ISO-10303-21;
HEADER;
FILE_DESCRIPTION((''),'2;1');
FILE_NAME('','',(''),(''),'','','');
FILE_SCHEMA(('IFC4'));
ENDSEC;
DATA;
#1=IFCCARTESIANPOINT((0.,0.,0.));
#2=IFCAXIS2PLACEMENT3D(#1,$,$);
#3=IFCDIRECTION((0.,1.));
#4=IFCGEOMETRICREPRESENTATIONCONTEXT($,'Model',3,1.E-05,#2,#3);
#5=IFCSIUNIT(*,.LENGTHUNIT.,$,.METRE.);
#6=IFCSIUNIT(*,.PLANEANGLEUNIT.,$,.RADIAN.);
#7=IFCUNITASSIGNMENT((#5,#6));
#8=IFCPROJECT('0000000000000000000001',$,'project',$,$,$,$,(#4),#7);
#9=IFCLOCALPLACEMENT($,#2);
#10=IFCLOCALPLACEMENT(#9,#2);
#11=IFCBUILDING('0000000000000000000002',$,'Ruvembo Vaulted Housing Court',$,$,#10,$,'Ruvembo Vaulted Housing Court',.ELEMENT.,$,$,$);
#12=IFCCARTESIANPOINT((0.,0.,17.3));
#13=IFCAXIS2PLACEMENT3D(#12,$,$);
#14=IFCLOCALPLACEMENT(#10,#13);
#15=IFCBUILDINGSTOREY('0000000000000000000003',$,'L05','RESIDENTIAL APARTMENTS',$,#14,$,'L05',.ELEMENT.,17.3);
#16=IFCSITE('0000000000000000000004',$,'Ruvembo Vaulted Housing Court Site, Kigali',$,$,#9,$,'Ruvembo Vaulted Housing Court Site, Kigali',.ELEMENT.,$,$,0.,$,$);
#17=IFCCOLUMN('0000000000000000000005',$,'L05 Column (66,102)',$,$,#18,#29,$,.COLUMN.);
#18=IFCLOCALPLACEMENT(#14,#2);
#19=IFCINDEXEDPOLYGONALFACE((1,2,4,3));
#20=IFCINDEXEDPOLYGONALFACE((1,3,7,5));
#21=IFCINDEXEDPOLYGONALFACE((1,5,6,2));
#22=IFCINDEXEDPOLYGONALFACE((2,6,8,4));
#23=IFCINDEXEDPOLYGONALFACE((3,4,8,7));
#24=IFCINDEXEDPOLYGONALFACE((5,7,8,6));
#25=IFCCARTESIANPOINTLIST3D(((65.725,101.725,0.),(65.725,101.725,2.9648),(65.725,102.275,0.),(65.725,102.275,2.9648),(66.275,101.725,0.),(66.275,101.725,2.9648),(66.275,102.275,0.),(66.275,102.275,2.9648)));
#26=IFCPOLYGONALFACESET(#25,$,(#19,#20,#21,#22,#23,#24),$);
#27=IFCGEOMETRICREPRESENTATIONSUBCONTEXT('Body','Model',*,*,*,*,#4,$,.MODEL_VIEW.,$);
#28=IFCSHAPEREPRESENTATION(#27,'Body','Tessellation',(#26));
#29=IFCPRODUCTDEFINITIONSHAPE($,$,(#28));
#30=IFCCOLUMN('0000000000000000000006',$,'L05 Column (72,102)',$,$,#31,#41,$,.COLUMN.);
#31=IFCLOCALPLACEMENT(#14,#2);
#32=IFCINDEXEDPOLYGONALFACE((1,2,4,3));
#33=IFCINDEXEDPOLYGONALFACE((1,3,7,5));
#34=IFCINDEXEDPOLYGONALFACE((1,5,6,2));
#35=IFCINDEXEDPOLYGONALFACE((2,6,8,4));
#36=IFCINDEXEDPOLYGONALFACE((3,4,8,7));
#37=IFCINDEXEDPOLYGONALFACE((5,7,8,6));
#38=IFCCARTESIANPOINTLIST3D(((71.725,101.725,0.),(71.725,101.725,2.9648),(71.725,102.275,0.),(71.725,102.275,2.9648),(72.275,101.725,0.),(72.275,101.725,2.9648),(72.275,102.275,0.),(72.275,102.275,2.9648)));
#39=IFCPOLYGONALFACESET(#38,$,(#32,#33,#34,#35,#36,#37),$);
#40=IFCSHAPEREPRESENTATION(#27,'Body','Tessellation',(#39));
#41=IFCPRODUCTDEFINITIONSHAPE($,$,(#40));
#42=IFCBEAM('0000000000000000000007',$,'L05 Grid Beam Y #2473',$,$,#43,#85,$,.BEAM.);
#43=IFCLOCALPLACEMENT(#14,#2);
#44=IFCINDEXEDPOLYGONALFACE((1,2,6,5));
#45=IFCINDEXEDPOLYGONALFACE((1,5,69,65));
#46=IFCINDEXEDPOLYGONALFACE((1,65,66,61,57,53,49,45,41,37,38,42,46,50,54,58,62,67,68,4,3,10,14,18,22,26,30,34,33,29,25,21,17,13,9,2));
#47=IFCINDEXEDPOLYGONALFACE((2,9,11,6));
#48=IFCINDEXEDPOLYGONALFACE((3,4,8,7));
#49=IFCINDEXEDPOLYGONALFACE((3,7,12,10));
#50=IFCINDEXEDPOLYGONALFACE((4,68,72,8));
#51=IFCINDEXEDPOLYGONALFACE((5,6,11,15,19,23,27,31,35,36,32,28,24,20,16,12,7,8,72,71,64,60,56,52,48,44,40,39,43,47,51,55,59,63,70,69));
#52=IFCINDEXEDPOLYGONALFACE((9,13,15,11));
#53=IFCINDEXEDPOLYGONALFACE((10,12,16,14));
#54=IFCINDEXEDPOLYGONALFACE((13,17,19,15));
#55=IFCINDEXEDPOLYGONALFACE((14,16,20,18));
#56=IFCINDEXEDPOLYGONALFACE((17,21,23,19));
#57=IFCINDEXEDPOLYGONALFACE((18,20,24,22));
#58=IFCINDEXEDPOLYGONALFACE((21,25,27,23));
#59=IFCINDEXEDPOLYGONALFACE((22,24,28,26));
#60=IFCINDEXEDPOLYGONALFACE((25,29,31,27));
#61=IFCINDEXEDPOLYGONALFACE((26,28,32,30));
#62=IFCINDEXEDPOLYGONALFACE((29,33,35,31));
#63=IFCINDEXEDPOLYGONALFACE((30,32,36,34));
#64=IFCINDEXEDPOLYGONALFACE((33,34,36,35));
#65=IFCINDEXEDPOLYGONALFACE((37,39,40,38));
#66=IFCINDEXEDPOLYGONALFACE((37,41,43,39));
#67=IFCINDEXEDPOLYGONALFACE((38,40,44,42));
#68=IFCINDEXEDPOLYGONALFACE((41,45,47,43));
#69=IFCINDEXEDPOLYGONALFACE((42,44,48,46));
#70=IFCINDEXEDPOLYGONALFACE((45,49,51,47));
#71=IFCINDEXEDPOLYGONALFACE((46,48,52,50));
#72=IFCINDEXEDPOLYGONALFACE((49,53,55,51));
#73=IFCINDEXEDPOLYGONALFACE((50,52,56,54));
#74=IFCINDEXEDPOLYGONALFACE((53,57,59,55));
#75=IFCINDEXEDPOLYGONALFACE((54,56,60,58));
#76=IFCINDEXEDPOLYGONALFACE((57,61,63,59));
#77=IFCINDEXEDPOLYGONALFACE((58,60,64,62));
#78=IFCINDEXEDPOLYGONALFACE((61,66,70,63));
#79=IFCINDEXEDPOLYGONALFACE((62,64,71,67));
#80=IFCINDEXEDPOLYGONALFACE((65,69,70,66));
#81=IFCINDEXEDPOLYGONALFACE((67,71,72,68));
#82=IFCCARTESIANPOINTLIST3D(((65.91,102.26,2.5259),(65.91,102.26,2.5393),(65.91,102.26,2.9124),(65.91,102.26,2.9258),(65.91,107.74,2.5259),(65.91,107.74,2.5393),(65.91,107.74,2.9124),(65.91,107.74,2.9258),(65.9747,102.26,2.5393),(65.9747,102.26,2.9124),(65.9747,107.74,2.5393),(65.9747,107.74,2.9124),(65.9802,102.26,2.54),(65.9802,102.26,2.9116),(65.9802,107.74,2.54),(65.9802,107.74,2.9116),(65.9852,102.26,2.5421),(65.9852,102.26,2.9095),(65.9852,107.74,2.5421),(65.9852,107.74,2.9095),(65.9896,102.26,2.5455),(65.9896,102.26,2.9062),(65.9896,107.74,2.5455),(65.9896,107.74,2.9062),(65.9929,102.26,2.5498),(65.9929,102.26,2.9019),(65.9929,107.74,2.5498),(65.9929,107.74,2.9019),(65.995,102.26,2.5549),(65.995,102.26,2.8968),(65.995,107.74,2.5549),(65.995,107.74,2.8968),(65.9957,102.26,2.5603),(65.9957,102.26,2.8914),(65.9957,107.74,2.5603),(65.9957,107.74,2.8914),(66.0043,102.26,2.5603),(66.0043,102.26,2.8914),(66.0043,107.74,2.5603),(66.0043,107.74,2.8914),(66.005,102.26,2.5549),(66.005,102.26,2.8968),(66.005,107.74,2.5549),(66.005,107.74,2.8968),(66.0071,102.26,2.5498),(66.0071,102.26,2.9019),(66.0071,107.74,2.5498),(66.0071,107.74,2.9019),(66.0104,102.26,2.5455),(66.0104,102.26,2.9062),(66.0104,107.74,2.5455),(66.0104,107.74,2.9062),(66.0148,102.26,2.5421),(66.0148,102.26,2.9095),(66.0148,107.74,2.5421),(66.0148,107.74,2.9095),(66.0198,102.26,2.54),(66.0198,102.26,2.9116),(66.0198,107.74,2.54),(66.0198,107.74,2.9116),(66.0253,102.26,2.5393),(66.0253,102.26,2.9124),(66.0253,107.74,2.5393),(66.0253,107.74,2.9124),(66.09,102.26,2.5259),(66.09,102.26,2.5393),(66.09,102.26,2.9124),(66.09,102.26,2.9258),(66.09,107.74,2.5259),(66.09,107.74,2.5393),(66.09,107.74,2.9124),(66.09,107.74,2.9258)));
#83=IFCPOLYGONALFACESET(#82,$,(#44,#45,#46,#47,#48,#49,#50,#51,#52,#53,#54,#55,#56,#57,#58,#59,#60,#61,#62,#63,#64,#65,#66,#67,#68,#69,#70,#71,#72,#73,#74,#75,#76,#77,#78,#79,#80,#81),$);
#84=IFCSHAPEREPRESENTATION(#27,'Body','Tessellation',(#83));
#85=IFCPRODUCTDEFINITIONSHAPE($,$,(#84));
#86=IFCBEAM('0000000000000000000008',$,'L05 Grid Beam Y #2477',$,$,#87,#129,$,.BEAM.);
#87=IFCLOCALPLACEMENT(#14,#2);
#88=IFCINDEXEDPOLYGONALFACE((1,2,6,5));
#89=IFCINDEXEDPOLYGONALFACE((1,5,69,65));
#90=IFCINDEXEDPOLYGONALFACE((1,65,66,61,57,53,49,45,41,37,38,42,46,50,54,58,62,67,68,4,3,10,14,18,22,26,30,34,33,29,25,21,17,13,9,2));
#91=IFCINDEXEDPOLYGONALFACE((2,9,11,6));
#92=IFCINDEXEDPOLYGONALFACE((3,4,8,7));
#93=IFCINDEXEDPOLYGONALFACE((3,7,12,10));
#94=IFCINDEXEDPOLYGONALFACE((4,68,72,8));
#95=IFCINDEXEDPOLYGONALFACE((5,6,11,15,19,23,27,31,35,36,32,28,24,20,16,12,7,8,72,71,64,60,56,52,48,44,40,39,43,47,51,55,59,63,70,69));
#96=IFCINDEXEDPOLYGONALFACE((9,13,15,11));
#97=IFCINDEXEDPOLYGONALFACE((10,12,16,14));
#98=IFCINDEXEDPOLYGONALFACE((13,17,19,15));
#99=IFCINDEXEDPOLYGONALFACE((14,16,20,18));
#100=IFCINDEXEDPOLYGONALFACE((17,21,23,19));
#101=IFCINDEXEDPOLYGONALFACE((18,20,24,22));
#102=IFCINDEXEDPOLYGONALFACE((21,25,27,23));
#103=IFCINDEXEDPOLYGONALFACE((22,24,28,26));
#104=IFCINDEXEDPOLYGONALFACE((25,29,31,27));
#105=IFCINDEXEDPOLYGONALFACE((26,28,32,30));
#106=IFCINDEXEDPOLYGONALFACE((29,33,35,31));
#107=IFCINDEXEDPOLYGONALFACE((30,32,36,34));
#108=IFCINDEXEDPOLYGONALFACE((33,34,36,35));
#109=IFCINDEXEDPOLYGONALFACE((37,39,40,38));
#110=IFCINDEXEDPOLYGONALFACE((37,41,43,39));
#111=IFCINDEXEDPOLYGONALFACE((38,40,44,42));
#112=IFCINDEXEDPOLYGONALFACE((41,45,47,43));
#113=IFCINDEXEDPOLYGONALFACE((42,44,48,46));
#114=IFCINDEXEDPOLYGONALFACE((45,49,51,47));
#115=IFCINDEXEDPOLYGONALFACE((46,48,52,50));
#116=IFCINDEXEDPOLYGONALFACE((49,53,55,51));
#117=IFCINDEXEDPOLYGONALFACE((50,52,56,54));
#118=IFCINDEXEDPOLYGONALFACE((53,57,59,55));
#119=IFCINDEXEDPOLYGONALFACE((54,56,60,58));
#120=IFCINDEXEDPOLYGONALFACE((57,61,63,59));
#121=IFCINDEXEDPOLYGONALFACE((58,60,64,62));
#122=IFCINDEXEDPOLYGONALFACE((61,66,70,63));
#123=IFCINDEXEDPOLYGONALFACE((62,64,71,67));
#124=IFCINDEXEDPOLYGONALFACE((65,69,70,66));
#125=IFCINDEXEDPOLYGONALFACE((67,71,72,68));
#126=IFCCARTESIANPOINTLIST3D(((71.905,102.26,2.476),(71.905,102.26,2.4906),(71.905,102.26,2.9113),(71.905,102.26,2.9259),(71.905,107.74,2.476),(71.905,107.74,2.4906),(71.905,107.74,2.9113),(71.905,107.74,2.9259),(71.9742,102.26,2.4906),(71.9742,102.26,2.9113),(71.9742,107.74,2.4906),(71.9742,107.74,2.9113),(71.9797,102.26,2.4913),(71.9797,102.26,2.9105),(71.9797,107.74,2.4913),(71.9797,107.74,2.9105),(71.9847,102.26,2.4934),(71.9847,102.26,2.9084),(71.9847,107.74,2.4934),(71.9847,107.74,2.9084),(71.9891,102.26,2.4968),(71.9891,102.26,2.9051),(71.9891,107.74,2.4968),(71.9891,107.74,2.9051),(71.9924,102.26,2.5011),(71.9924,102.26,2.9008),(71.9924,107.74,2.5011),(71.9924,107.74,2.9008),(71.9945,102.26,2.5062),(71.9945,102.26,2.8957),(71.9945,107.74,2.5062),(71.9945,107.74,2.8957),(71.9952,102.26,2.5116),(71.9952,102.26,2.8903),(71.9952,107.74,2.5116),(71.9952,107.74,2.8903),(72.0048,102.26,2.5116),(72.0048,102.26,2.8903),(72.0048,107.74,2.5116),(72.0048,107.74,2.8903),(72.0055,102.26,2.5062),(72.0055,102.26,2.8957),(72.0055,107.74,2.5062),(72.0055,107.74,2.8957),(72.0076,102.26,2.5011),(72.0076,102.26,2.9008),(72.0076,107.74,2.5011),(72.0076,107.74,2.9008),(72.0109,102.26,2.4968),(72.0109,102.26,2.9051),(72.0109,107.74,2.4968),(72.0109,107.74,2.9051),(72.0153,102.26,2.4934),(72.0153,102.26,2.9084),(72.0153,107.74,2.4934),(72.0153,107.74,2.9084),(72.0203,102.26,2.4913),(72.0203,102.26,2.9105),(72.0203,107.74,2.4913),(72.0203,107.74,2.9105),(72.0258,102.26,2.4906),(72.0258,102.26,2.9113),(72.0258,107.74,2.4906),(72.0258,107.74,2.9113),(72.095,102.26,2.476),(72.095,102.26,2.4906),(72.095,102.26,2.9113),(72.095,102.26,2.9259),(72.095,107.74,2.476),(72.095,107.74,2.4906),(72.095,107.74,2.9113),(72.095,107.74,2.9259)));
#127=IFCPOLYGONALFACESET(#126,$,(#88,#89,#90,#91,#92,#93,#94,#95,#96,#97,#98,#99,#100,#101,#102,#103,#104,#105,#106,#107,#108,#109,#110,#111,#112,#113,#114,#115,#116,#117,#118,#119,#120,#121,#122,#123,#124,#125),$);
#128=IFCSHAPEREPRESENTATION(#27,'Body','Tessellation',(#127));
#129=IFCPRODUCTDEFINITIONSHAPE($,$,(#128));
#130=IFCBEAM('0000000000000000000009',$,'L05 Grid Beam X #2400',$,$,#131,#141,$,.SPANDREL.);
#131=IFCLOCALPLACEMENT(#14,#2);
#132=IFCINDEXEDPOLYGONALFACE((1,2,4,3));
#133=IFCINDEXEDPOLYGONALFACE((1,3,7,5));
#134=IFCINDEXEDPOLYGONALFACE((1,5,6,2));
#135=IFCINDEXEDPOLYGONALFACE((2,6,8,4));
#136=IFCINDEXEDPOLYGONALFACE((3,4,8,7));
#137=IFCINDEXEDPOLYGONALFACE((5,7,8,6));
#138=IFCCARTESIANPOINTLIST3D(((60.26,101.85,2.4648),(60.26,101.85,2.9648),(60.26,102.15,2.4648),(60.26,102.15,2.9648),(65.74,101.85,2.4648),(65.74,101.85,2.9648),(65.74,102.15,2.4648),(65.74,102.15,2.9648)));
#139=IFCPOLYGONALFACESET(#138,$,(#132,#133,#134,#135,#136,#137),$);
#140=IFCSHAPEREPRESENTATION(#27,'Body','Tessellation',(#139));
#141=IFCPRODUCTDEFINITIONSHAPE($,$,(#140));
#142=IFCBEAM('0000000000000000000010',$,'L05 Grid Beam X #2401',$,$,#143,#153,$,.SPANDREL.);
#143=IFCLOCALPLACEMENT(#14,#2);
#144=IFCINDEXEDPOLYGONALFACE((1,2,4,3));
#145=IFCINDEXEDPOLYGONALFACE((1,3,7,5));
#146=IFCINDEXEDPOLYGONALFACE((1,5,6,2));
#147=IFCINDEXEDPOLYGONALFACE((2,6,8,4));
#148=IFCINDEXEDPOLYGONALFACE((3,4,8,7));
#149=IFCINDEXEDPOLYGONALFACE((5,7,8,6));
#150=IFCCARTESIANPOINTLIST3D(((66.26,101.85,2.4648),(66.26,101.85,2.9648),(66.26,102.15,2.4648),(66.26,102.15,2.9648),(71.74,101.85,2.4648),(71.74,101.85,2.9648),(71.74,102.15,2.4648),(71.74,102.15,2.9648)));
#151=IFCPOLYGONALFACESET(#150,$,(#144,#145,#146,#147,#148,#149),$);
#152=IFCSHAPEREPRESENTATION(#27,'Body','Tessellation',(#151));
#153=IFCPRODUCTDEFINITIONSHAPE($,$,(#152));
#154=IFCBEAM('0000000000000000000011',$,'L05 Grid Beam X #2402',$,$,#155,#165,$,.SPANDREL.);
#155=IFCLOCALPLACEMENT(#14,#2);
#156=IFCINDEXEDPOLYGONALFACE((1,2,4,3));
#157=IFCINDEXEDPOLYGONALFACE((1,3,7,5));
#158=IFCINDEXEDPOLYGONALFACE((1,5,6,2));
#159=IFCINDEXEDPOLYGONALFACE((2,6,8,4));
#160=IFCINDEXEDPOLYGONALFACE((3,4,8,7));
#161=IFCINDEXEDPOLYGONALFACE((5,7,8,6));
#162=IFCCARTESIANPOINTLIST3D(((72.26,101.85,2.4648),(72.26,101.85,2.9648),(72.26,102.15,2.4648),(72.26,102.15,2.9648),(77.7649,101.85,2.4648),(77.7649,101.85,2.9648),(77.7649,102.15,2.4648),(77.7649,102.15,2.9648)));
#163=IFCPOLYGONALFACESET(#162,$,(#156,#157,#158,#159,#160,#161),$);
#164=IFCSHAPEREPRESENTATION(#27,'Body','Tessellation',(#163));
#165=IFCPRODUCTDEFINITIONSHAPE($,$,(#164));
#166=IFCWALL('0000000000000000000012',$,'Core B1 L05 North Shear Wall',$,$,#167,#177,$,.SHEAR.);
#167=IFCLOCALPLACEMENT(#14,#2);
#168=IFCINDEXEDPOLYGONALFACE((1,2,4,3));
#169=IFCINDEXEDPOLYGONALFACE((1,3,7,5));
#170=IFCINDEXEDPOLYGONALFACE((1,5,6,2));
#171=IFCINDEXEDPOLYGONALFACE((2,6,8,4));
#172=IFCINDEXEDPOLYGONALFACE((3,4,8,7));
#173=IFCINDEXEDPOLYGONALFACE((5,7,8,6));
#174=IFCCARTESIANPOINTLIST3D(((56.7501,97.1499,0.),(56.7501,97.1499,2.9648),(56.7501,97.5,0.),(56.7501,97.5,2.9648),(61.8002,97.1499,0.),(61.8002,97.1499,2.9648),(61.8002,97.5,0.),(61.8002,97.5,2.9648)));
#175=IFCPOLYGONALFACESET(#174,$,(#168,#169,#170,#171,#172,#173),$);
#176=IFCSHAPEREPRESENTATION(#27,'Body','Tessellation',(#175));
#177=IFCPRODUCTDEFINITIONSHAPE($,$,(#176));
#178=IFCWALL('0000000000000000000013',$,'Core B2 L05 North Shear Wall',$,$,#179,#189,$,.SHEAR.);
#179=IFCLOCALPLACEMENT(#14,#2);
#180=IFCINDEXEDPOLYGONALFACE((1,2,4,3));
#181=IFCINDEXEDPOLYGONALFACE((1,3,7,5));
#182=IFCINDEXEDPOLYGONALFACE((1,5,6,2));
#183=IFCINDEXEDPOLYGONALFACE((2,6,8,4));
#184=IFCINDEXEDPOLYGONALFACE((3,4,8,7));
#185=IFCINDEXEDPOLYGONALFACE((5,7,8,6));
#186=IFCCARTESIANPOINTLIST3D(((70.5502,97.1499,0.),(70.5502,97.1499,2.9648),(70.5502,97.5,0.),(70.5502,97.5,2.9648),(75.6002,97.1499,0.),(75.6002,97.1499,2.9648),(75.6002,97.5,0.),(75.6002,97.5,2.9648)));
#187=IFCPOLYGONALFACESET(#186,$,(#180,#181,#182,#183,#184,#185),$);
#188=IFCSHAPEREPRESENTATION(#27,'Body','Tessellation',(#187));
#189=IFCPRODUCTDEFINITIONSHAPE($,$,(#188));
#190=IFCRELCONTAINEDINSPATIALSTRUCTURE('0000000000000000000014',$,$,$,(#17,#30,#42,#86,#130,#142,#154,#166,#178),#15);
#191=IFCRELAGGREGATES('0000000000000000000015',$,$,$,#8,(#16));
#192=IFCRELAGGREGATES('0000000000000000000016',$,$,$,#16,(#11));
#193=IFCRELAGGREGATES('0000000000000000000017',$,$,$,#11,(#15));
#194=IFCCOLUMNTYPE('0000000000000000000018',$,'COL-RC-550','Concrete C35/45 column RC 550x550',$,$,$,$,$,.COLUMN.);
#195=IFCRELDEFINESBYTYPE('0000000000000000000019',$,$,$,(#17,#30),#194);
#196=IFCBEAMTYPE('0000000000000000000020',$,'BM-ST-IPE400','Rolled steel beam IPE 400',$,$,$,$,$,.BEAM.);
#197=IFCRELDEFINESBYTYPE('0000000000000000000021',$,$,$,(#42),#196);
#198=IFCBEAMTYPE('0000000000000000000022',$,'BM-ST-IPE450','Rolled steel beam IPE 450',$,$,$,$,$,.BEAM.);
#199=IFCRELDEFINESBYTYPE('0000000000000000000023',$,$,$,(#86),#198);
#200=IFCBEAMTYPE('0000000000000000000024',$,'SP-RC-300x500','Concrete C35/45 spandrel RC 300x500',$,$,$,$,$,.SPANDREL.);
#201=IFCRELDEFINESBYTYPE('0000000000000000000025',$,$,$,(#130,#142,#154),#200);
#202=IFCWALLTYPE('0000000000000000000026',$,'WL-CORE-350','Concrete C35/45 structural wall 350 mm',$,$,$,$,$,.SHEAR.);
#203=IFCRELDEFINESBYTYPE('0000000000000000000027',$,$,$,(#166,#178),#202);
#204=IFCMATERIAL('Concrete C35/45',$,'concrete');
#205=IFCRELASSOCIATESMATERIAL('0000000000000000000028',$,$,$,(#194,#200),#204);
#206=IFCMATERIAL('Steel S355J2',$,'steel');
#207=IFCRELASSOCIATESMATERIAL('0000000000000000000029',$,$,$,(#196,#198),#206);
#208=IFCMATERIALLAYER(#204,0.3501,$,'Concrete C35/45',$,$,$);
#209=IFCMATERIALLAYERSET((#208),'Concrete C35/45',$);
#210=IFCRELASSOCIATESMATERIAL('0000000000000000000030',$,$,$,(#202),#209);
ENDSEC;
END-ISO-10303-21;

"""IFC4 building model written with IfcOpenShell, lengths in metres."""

from ifc_helpers import new_model, si_unit, direction, frame, frame_2d, origin, origin_2d, place, context, subcontext, project, spatial, rectangle, i_section, extrude, material, layer, layer_set, material_profile, profile_set, type_object, element, save


model = new_model("IFC4")

# Units and contexts
model_context = context("Model", 3, precision=1e-05, world=origin(), true_north=direction((0.0, 1.0)))
body_context = subcontext(model_context, "Body", "Model", "MODEL_VIEW")
ifc_project = project(units=[si_unit("LENGTHUNIT", "METRE"), si_unit("PLANEANGLEUNIT", "RADIAN")], contexts=[model_context])

# Site, building, storey
site_placement = place(None, origin())
site = spatial("IfcSite", under=ifc_project, at=site_placement, Name="Ruvembo Vaulted Housing Court Site, Kigali", LongName="Ruvembo Vaulted Housing Court Site, Kigali", CompositionType="ELEMENT", RefElevation=0.0)
building_placement = place(site_placement, origin())
building = spatial("IfcBuilding", under=site, at=building_placement, Name="Ruvembo Vaulted Housing Court", LongName="Ruvembo Vaulted Housing Court", CompositionType="ELEMENT")
storey_placement = place(building_placement, frame((0.0, 0.0, 17.3)))
storey = spatial("IfcBuildingStorey", under=building, at=storey_placement, Name="L05", Description="RESIDENTIAL APARTMENTS", LongName="L05", CompositionType="ELEMENT", Elevation=17.3)

# Columns
ifc_material_1 = material(Name="Concrete C35/45", Category="concrete")
ifc_material_profile_1 = material_profile(ifc_material_1, rectangle(XDim=0.55, YDim=0.55, at=origin_2d()), Name="RC 550x550")
ifc_profile_set_1 = profile_set([ifc_material_profile_1], Name="Concrete C35/45")
column_type = type_object("IfcColumnType", Name="COL-RC-550", Description="Concrete C35/45 column RC 550x550", PredefinedType="COLUMN", material=ifc_profile_set_1)
for number, where, z_axis, x_axis, name in (
    (1, (66.0, 102.0, 0.0), (0.0, 0.0, 1.0), (1.0, 0.0, 0.0), "L05 Column (66,102)"),
    (2, (72.0, 102.0, 0.0), (0.0, 0.0, 1.0), (1.0, 0.0, 0.0), "L05 Column (72,102)"),
):
    element("IfcColumn", number, at=place(storey_placement, frame(where, z_axis=z_axis, x_axis=x_axis)), inside=storey, type_object=column_type, Name=name, PredefinedType="COLUMN", context=body_context, shape_type="SweptSolid", body=[
        extrude(rectangle(XDim=0.55, YDim=0.55, at=origin_2d()), origin(), (0.0, 0.0, 1.0), 2.9648),
    ])

# Beams
ifc_material_2 = material(Name="Steel S355J2", Category="steel")
ifc_material_profile_2 = material_profile(ifc_material_2, i_section(OverallWidth=0.1799, OverallDepth=0.3999, WebThickness=0.0085, FlangeThickness=0.0134, FilletRadius=0.021, at=origin_2d()), Name="IPE 400")
ifc_profile_set_2 = profile_set([ifc_material_profile_2], Name="Steel S355J2")
beam_type_1 = type_object("IfcBeamType", Name="BM-ST-IPE400", Description="Rolled steel beam IPE 400", PredefinedType="BEAM", material=ifc_profile_set_2)
beam_1_placement = place(storey_placement, frame((66.0, 102.26, 2.7258), z_axis=(0.0, 1.0, 0.0), x_axis=(-1.0, 0.0, 0.0)))
element("IfcBeam", 3, at=beam_1_placement, inside=storey, type_object=beam_type_1, Name="L05 Grid Beam Y #2473", PredefinedType="BEAM", context=body_context, shape_type="SweptSolid", body=[
    extrude(i_section(OverallWidth=0.1799, OverallDepth=0.3999, WebThickness=0.0085, FlangeThickness=0.0134, FilletRadius=0.021, at=origin_2d()), origin(), (0.0, 0.0, 1.0), 5.48),
])
ifc_material_profile_3 = material_profile(ifc_material_2, i_section(OverallWidth=0.1899, OverallDepth=0.45, WebThickness=0.0095, FlangeThickness=0.0146, FilletRadius=0.021, at=origin_2d()), Name="IPE 450")
ifc_profile_set_3 = profile_set([ifc_material_profile_3], Name="Steel S355J2")
beam_type_2 = type_object("IfcBeamType", Name="BM-ST-IPE450", Description="Rolled steel beam IPE 450", PredefinedType="BEAM", material=ifc_profile_set_3)
beam_2_placement = place(storey_placement, frame((72.0, 102.26, 2.7009), z_axis=(0.0, 1.0, 0.0), x_axis=(-1.0, 0.0, 0.0)))
element("IfcBeam", 4, at=beam_2_placement, inside=storey, type_object=beam_type_2, Name="L05 Grid Beam Y #2477", PredefinedType="BEAM", context=body_context, shape_type="SweptSolid", body=[
    extrude(i_section(OverallWidth=0.1899, OverallDepth=0.45, WebThickness=0.0095, FlangeThickness=0.0146, FilletRadius=0.021, at=origin_2d()), origin(), (0.0, 0.0, 1.0), 5.48),
])
ifc_material_profile_4 = material_profile(ifc_material_1, rectangle(XDim=0.3, YDim=0.5, at=origin_2d()), Name="RC 300x500")
ifc_profile_set_4 = profile_set([ifc_material_profile_4], Name="Concrete C35/45")
beam_type_3 = type_object("IfcBeamType", Name="SP-RC-300x500", Description="Concrete C35/45 spandrel RC 300x500", PredefinedType="SPANDREL", material=ifc_profile_set_4)
for number, where, z_axis, x_axis, name in (
    (5, (60.26, 102.0, 2.7148), (1.0, 0.0, 0.0), (0.0, 1.0, 0.0), "L05 Grid Beam X #2400"),
    (6, (66.26, 102.0, 2.7148), (1.0, 0.0, 0.0), (0.0, 1.0, 0.0), "L05 Grid Beam X #2401"),
):
    element("IfcBeam", number, at=place(storey_placement, frame(where, z_axis=z_axis, x_axis=x_axis)), inside=storey, type_object=beam_type_3, Name=name, PredefinedType="SPANDREL", context=body_context, shape_type="SweptSolid", body=[
        extrude(rectangle(XDim=0.3, YDim=0.5, at=origin_2d()), origin(), (0.0, 0.0, 1.0), 5.48),
    ])
beam_3_placement = place(storey_placement, frame((72.26, 102.0, 2.7148), z_axis=(1.0, 0.0, 0.0), x_axis=(0.0, 1.0, 0.0)))
element("IfcBeam", 7, at=beam_3_placement, inside=storey, type_object=beam_type_3, Name="L05 Grid Beam X #2402", PredefinedType="SPANDREL", context=body_context, shape_type="SweptSolid", body=[
    extrude(rectangle(XDim=0.3, YDim=0.5, at=origin_2d()), origin(), (0.0, 0.0, 1.0), 5.5049),
])

# Walls
ifc_layer_1 = layer(ifc_material_1, 0.3501, Name="Concrete C35/45")
ifc_layer_set_1 = layer_set([ifc_layer_1], Name="Concrete C35/45")
wall_type_1 = type_object("IfcWallType", Name="WL-CORE-350", Description="Concrete C35/45 structural wall 350 mm", PredefinedType="SHEAR", material=ifc_layer_set_1)
for number, where, z_axis, x_axis, name in (
    (8, (61.8, 97.325, 0.0), (0.0, 0.0, 1.0), (-1.0, 0.0, 0.0), "Core B1 L05 North Shear Wall"),
    (9, (75.6001, 97.325, 0.0), (0.0, 0.0, 1.0), (-1.0, 0.0, 0.0), "Core B2 L05 North Shear Wall"),
):
    element("IfcWall", number, at=place(storey_placement, frame(where, z_axis=z_axis, x_axis=x_axis)), inside=storey, type_object=wall_type_1, Name=name, PredefinedType="SHEAR", context=body_context, shape_type="SweptSolid", body=[
        extrude(rectangle(XDim=5.05, YDim=0.3501, at=frame_2d((2.5249, 0.0))), origin(), (0.0, 0.0, 1.0), 2.9648),
    ])

save(model, "model.ifc")
